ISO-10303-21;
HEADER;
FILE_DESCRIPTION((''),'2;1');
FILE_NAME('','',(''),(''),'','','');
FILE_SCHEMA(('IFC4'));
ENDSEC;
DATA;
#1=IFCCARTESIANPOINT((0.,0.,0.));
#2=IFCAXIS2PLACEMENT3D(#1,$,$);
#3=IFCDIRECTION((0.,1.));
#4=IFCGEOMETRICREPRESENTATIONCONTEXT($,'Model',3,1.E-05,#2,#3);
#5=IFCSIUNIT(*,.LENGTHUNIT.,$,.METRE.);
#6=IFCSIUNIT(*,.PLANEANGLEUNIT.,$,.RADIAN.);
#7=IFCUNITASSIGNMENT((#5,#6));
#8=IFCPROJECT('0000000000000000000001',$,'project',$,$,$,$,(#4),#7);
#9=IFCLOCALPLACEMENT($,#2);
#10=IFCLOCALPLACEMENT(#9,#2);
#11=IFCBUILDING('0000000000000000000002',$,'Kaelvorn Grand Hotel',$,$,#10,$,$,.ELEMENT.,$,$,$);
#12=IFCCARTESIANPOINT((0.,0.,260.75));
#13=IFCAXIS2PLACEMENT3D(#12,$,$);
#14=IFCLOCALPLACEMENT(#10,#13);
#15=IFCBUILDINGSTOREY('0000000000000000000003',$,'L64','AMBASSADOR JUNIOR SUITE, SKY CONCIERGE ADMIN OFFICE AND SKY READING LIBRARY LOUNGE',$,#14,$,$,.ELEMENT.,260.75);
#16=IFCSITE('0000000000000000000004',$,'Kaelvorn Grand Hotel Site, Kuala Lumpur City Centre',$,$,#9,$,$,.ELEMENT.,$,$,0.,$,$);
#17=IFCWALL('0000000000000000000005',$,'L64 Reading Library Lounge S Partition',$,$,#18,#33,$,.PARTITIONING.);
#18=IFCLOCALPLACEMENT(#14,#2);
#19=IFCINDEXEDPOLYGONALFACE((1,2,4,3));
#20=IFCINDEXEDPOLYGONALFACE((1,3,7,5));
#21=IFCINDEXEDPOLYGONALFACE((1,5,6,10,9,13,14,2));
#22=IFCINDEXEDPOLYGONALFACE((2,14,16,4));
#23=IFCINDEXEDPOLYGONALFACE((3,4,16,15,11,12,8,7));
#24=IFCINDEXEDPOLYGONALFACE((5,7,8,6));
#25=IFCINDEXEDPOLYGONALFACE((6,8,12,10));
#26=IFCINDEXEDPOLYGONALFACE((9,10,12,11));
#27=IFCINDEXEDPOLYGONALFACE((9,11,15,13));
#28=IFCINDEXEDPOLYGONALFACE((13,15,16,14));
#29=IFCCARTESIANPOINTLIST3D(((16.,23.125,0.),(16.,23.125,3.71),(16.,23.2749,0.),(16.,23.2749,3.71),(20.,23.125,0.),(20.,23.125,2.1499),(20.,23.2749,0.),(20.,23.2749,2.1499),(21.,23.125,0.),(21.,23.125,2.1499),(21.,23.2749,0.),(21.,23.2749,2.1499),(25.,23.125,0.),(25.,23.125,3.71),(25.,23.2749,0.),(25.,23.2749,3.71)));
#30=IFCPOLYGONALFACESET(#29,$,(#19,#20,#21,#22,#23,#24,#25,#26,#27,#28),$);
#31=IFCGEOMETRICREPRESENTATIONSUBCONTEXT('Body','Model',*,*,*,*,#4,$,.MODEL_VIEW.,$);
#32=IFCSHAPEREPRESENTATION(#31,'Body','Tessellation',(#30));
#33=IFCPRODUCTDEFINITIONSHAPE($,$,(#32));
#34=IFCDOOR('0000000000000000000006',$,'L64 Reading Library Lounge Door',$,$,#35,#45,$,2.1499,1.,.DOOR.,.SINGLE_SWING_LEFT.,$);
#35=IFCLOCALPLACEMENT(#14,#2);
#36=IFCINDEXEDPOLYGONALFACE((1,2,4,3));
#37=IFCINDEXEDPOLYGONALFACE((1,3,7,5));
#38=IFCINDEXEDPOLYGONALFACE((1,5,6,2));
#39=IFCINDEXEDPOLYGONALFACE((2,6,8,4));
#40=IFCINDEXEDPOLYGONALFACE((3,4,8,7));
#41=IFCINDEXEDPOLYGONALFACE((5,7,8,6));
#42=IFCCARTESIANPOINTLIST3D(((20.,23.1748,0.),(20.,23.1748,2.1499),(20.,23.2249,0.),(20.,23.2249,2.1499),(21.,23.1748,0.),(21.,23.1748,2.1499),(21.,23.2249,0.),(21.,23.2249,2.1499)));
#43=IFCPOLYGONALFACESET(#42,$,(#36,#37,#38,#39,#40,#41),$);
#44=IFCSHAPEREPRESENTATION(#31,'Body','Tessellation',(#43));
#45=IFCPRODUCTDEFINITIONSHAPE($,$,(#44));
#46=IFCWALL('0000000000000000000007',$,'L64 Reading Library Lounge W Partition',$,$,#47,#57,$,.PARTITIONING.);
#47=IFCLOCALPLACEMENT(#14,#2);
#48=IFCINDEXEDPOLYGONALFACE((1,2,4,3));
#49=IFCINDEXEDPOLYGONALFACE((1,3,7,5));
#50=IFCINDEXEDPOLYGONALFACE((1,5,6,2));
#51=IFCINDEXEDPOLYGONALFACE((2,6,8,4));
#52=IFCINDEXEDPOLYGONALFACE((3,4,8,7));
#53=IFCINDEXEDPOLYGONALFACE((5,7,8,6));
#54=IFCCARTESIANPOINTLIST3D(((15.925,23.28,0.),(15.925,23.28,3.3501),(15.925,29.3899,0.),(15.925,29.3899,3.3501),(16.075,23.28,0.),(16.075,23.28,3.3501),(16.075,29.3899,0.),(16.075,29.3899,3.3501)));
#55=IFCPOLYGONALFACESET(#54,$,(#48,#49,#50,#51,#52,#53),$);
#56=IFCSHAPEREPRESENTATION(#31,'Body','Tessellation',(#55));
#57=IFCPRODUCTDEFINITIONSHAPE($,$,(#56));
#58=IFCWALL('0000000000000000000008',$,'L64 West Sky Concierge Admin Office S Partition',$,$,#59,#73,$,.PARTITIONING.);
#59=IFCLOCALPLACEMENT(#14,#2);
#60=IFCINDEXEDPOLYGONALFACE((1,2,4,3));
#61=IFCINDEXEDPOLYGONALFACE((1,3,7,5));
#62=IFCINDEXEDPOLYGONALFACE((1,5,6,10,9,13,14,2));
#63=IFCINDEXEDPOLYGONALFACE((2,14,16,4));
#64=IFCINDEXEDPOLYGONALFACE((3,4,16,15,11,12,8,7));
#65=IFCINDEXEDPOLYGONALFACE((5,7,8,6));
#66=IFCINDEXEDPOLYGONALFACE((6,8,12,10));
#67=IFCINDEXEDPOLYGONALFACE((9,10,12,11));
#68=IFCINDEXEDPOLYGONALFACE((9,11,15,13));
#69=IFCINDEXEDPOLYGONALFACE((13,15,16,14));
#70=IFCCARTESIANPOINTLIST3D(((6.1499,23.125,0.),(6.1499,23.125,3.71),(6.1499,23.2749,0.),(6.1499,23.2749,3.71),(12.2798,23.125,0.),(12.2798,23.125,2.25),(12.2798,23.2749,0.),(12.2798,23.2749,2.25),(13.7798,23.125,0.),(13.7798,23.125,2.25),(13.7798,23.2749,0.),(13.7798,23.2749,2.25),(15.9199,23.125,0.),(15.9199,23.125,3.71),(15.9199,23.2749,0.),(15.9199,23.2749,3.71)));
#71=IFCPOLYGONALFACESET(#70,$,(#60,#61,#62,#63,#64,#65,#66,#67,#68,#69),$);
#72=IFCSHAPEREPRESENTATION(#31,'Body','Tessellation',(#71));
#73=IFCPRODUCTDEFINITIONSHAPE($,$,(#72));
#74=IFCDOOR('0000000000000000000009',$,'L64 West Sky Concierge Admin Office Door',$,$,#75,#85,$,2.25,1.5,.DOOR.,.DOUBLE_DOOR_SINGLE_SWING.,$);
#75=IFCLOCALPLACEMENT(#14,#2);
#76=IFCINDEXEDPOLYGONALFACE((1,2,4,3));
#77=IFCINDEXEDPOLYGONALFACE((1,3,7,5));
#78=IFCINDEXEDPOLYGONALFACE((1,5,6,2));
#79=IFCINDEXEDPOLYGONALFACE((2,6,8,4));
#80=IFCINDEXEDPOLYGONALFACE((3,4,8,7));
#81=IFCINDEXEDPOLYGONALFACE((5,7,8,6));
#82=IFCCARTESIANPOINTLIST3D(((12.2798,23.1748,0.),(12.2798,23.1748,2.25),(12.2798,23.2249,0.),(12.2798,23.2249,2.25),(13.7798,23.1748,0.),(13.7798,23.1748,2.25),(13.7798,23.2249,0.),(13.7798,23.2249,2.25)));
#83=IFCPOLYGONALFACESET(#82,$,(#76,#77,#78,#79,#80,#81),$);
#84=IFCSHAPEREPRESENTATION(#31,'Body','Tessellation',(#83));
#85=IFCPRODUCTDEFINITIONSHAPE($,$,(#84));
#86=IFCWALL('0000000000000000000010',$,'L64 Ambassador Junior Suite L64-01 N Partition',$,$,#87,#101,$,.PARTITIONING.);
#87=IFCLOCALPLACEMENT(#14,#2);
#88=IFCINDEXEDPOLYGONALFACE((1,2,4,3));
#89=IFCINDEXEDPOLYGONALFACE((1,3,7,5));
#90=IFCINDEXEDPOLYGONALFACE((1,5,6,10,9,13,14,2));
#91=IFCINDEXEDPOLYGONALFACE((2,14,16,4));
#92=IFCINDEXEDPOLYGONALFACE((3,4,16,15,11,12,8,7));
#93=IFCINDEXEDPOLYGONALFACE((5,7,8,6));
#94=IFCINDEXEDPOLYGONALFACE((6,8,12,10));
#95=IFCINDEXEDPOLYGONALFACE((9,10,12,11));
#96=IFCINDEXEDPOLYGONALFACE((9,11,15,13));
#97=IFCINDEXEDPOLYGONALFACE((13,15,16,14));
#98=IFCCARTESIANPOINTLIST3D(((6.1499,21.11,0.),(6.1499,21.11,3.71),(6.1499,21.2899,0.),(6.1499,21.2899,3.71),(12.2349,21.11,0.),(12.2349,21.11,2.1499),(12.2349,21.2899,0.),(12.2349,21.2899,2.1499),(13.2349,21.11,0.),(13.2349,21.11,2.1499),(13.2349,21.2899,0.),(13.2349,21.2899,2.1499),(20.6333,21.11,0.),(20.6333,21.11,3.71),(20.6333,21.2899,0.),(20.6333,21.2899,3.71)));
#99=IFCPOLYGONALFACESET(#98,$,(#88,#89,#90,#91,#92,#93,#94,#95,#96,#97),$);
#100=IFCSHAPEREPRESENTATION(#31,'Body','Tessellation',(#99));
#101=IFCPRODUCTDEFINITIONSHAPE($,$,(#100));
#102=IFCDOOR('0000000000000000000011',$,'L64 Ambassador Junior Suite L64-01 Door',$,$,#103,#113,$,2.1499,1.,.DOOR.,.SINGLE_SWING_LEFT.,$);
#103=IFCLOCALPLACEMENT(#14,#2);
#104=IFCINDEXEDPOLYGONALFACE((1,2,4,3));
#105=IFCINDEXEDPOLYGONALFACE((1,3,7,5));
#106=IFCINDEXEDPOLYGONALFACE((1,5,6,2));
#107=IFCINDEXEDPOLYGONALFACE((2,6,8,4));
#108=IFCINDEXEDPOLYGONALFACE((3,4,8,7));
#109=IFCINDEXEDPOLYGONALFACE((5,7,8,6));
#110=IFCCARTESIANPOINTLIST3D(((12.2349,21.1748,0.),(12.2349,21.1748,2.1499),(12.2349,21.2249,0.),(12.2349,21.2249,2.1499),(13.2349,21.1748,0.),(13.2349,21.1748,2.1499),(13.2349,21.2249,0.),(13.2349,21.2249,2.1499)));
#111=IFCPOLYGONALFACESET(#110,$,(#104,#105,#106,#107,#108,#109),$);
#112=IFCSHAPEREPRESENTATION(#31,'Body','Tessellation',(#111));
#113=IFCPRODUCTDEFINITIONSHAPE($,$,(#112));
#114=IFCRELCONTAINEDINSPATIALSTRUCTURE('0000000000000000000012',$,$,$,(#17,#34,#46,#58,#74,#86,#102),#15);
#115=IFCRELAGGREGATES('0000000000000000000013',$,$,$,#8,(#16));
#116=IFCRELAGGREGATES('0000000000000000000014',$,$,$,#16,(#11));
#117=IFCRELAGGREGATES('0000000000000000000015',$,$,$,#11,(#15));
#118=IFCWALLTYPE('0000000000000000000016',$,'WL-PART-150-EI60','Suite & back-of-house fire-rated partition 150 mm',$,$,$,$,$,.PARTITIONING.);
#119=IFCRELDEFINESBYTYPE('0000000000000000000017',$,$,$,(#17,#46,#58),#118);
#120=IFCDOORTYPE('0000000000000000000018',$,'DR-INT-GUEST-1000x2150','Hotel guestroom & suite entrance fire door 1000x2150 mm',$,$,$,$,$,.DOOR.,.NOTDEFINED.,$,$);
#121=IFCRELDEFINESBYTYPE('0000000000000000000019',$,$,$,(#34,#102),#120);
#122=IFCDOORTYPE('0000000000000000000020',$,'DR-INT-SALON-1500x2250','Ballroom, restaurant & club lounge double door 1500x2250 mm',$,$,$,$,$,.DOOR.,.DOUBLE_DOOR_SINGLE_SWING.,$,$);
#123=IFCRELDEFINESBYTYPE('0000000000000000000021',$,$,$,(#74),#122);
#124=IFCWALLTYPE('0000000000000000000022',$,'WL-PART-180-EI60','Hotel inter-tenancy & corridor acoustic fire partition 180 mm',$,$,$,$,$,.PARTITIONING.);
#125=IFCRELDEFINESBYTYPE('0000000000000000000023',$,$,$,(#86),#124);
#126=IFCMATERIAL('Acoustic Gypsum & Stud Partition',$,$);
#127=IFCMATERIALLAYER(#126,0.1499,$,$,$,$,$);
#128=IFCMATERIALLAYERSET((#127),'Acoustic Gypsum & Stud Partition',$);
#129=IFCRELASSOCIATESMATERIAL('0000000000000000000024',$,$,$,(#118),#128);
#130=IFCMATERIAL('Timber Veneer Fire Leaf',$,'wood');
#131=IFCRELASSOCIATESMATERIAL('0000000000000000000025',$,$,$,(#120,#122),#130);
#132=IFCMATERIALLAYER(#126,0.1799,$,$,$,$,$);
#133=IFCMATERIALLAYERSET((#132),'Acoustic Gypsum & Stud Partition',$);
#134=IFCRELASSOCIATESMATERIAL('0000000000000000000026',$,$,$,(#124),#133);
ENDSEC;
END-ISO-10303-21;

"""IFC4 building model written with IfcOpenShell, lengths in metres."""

from ifc_helpers import new_model, si_unit, direction, frame, frame_2d, origin, place, context, subcontext, project, spatial, rectangle, extrude, material, layer, layer_set, type_object, element, fill, save


model = new_model("IFC4")

# Units and contexts
model_context = context("Model", 3, precision=1e-05, world=origin(), true_north=direction((0.0, 1.0)))
body_context = subcontext(model_context, "Body", "Model", "MODEL_VIEW")
ifc_project = project(units=[si_unit("LENGTHUNIT", "METRE"), si_unit("PLANEANGLEUNIT", "RADIAN")], contexts=[model_context])

# Site, building, storey
site_placement = place(None, origin())
site = spatial("IfcSite", under=ifc_project, at=site_placement, Name="Kaelvorn Grand Hotel Site, Kuala Lumpur City Centre", CompositionType="ELEMENT", RefElevation=0.0)
building_placement = place(site_placement, origin())
building = spatial("IfcBuilding", under=site, at=building_placement, Name="Kaelvorn Grand Hotel", CompositionType="ELEMENT")
storey_placement = place(building_placement, frame((0.0, 0.0, 260.75)))
storey = spatial("IfcBuildingStorey", under=building, at=storey_placement, Name="L64", Description="AMBASSADOR JUNIOR SUITE, SKY CONCIERGE ADMIN OFFICE AND SKY READING LIBRARY LOUNGE", CompositionType="ELEMENT", Elevation=260.75)

# Wall, opening, door
ifc_material_1 = material(Name="Acoustic Gypsum & Stud Partition")
ifc_layer_1 = layer(ifc_material_1, 0.1499)
ifc_layer_set_1 = layer_set([ifc_layer_1], Name="Acoustic Gypsum & Stud Partition")
wall_type_1 = type_object("IfcWallType", Name="WL-PART-150-EI60", Description="Suite & back-of-house fire-rated partition 150 mm", PredefinedType="PARTITIONING", material=ifc_layer_set_1)
wall_1_placement = place(storey_placement, frame((16.0, 23.2, 0.0), z_axis=(0.0, 0.0, 1.0), x_axis=(1.0, 0.0, 0.0)))
wall_1 = element("IfcWall", 1, at=wall_1_placement, inside=storey, type_object=wall_type_1, Name="L64 Reading Library Lounge S Partition", PredefinedType="PARTITIONING", context=body_context, shape_type="SweptSolid", body=[
    extrude(rectangle(XDim=9.0, YDim=0.1499, at=frame_2d((4.5, 0.0))), origin(), (0.0, 0.0, 1.0), 3.71),
])
opening_1_placement = place(wall_1_placement, frame((4.0, 0.0, 0.0)))
opening_1 = element("IfcOpeningElement", 2, at=opening_1_placement, cuts=wall_1, PredefinedType="OPENING", context=body_context, shape_type="SweptSolid", body=[
    extrude(rectangle(XDim=1.0, YDim=2.1499, at=frame_2d((0.5, 1.075))), frame((0.0, 0.085, 0.0), z_axis=(0.0, -1.0, 0.0), x_axis=(1.0, 0.0, 0.0)), (0.0, 0.0, 1.0), 0.1699),
])
ifc_material_2 = material(Name="Timber Veneer Fire Leaf", Category="wood")
door_type_1 = type_object("IfcDoorType", Name="DR-INT-GUEST-1000x2150", Description="Hotel guestroom & suite entrance fire door 1000x2150 mm", OperationType="NOTDEFINED", PredefinedType="DOOR", material=ifc_material_2)
door_1_placement = place(opening_1_placement, origin())
door_1 = element("IfcDoor", 3, at=door_1_placement, inside=storey, type_object=door_type_1, Name="L64 Reading Library Lounge Door", OperationType="SINGLE_SWING_LEFT", OverallHeight=2.1499, OverallWidth=1.0, PredefinedType="DOOR", context=body_context, shape_type="SweptSolid", body=[
    extrude(rectangle(XDim=1.0, YDim=2.1499, at=frame_2d((0.5, 1.075))), frame((0.0, 0.0249, 0.0), z_axis=(0.0, -1.0, 0.0), x_axis=(1.0, 0.0, 0.0)), (0.0, 0.0, 1.0), 0.05),
])
fill(opening_1, door_1)

# Wall
wall_2_placement = place(storey_placement, frame((16.0, 23.28, 0.0), z_axis=(0.0, 0.0, 1.0), x_axis=(0.0, 1.0, 0.0)))
element("IfcWall", 4, at=wall_2_placement, inside=storey, type_object=wall_type_1, Name="L64 Reading Library Lounge W Partition", PredefinedType="PARTITIONING", context=body_context, shape_type="SweptSolid", body=[
    extrude(rectangle(XDim=6.1099, YDim=0.1499, at=frame_2d((3.0549, 0.0))), origin(), (0.0, 0.0, 1.0), 3.3501),
])

# Walls, openings, doors
wall_3_placement = place(storey_placement, frame((6.1499, 23.2, 0.0), z_axis=(0.0, 0.0, 1.0), x_axis=(1.0, 0.0, 0.0)))
wall_3 = element("IfcWall", 5, at=wall_3_placement, inside=storey, type_object=wall_type_1, Name="L64 West Sky Concierge Admin Office S Partition", PredefinedType="PARTITIONING", context=body_context, shape_type="SweptSolid", body=[
    extrude(rectangle(XDim=9.77, YDim=0.1499, at=frame_2d((4.885, 0.0))), origin(), (0.0, 0.0, 1.0), 3.71),
])
opening_2_placement = place(wall_3_placement, frame((6.1299, 0.0, 0.0)))
opening_2 = element("IfcOpeningElement", 6, at=opening_2_placement, cuts=wall_3, PredefinedType="OPENING", context=body_context, shape_type="SweptSolid", body=[
    extrude(rectangle(XDim=1.5, YDim=2.25, at=frame_2d((0.75, 1.125))), frame((0.0, 0.085, 0.0), z_axis=(0.0, -1.0, 0.0), x_axis=(1.0, 0.0, 0.0)), (0.0, 0.0, 1.0), 0.1699),
])
door_type_2 = type_object("IfcDoorType", Name="DR-INT-SALON-1500x2250", Description="Ballroom, restaurant & club lounge double door 1500x2250 mm", OperationType="DOUBLE_DOOR_SINGLE_SWING", PredefinedType="DOOR", material=ifc_material_2)
door_2_placement = place(opening_2_placement, origin())
door_2 = element("IfcDoor", 7, at=door_2_placement, inside=storey, type_object=door_type_2, Name="L64 West Sky Concierge Admin Office Door", OperationType="DOUBLE_DOOR_SINGLE_SWING", OverallHeight=2.25, OverallWidth=1.5, PredefinedType="DOOR", context=body_context, shape_type="SweptSolid", body=[
    extrude(rectangle(XDim=1.5, YDim=2.25, at=frame_2d((0.75, 1.125))), frame((0.0, 0.0249, 0.0), z_axis=(0.0, -1.0, 0.0), x_axis=(1.0, 0.0, 0.0)), (0.0, 0.0, 1.0), 0.05),
])
fill(opening_2, door_2)
ifc_layer_2 = layer(ifc_material_1, 0.1799)
ifc_layer_set_2 = layer_set([ifc_layer_2], Name="Acoustic Gypsum & Stud Partition")
wall_type_2 = type_object("IfcWallType", Name="WL-PART-180-EI60", Description="Hotel inter-tenancy & corridor acoustic fire partition 180 mm", PredefinedType="PARTITIONING", material=ifc_layer_set_2)
wall_4_placement = place(storey_placement, frame((6.1499, 21.2, 0.0), z_axis=(0.0, 0.0, 1.0), x_axis=(1.0, 0.0, 0.0)))
wall_4 = element("IfcWall", 8, at=wall_4_placement, inside=storey, type_object=wall_type_2, Name="L64 Ambassador Junior Suite L64-01 N Partition", PredefinedType="PARTITIONING", context=body_context, shape_type="SweptSolid", body=[
    extrude(rectangle(XDim=14.4834, YDim=0.1799, at=frame_2d((7.2417, 0.0))), origin(), (0.0, 0.0, 1.0), 3.71),
])
opening_3_placement = place(wall_4_placement, frame((6.085, 0.0, 0.0)))
opening_3 = element("IfcOpeningElement", 9, at=opening_3_placement, cuts=wall_4, PredefinedType="OPENING", context=body_context, shape_type="SweptSolid", body=[
    extrude(rectangle(XDim=1.0, YDim=2.1499, at=frame_2d((0.5, 1.075))), frame((0.0, 0.1001, 0.0), z_axis=(0.0, -1.0, 0.0), x_axis=(1.0, 0.0, 0.0)), (0.0, 0.0, 1.0), 0.2),
])
door_3_placement = place(opening_3_placement, origin())
door_3 = element("IfcDoor", 10, at=door_3_placement, inside=storey, type_object=door_type_1, Name="L64 Ambassador Junior Suite L64-01 Door", OperationType="SINGLE_SWING_LEFT", OverallHeight=2.1499, OverallWidth=1.0, PredefinedType="DOOR", context=body_context, shape_type="SweptSolid", body=[
    extrude(rectangle(XDim=1.0, YDim=2.1499, at=frame_2d((0.5, 1.075))), frame((0.0, 0.0249, 0.0), z_axis=(0.0, -1.0, 0.0), x_axis=(1.0, 0.0, 0.0)), (0.0, 0.0, 1.0), 0.05),
])
fill(opening_3, door_3)

save(model, "model.ifc")
